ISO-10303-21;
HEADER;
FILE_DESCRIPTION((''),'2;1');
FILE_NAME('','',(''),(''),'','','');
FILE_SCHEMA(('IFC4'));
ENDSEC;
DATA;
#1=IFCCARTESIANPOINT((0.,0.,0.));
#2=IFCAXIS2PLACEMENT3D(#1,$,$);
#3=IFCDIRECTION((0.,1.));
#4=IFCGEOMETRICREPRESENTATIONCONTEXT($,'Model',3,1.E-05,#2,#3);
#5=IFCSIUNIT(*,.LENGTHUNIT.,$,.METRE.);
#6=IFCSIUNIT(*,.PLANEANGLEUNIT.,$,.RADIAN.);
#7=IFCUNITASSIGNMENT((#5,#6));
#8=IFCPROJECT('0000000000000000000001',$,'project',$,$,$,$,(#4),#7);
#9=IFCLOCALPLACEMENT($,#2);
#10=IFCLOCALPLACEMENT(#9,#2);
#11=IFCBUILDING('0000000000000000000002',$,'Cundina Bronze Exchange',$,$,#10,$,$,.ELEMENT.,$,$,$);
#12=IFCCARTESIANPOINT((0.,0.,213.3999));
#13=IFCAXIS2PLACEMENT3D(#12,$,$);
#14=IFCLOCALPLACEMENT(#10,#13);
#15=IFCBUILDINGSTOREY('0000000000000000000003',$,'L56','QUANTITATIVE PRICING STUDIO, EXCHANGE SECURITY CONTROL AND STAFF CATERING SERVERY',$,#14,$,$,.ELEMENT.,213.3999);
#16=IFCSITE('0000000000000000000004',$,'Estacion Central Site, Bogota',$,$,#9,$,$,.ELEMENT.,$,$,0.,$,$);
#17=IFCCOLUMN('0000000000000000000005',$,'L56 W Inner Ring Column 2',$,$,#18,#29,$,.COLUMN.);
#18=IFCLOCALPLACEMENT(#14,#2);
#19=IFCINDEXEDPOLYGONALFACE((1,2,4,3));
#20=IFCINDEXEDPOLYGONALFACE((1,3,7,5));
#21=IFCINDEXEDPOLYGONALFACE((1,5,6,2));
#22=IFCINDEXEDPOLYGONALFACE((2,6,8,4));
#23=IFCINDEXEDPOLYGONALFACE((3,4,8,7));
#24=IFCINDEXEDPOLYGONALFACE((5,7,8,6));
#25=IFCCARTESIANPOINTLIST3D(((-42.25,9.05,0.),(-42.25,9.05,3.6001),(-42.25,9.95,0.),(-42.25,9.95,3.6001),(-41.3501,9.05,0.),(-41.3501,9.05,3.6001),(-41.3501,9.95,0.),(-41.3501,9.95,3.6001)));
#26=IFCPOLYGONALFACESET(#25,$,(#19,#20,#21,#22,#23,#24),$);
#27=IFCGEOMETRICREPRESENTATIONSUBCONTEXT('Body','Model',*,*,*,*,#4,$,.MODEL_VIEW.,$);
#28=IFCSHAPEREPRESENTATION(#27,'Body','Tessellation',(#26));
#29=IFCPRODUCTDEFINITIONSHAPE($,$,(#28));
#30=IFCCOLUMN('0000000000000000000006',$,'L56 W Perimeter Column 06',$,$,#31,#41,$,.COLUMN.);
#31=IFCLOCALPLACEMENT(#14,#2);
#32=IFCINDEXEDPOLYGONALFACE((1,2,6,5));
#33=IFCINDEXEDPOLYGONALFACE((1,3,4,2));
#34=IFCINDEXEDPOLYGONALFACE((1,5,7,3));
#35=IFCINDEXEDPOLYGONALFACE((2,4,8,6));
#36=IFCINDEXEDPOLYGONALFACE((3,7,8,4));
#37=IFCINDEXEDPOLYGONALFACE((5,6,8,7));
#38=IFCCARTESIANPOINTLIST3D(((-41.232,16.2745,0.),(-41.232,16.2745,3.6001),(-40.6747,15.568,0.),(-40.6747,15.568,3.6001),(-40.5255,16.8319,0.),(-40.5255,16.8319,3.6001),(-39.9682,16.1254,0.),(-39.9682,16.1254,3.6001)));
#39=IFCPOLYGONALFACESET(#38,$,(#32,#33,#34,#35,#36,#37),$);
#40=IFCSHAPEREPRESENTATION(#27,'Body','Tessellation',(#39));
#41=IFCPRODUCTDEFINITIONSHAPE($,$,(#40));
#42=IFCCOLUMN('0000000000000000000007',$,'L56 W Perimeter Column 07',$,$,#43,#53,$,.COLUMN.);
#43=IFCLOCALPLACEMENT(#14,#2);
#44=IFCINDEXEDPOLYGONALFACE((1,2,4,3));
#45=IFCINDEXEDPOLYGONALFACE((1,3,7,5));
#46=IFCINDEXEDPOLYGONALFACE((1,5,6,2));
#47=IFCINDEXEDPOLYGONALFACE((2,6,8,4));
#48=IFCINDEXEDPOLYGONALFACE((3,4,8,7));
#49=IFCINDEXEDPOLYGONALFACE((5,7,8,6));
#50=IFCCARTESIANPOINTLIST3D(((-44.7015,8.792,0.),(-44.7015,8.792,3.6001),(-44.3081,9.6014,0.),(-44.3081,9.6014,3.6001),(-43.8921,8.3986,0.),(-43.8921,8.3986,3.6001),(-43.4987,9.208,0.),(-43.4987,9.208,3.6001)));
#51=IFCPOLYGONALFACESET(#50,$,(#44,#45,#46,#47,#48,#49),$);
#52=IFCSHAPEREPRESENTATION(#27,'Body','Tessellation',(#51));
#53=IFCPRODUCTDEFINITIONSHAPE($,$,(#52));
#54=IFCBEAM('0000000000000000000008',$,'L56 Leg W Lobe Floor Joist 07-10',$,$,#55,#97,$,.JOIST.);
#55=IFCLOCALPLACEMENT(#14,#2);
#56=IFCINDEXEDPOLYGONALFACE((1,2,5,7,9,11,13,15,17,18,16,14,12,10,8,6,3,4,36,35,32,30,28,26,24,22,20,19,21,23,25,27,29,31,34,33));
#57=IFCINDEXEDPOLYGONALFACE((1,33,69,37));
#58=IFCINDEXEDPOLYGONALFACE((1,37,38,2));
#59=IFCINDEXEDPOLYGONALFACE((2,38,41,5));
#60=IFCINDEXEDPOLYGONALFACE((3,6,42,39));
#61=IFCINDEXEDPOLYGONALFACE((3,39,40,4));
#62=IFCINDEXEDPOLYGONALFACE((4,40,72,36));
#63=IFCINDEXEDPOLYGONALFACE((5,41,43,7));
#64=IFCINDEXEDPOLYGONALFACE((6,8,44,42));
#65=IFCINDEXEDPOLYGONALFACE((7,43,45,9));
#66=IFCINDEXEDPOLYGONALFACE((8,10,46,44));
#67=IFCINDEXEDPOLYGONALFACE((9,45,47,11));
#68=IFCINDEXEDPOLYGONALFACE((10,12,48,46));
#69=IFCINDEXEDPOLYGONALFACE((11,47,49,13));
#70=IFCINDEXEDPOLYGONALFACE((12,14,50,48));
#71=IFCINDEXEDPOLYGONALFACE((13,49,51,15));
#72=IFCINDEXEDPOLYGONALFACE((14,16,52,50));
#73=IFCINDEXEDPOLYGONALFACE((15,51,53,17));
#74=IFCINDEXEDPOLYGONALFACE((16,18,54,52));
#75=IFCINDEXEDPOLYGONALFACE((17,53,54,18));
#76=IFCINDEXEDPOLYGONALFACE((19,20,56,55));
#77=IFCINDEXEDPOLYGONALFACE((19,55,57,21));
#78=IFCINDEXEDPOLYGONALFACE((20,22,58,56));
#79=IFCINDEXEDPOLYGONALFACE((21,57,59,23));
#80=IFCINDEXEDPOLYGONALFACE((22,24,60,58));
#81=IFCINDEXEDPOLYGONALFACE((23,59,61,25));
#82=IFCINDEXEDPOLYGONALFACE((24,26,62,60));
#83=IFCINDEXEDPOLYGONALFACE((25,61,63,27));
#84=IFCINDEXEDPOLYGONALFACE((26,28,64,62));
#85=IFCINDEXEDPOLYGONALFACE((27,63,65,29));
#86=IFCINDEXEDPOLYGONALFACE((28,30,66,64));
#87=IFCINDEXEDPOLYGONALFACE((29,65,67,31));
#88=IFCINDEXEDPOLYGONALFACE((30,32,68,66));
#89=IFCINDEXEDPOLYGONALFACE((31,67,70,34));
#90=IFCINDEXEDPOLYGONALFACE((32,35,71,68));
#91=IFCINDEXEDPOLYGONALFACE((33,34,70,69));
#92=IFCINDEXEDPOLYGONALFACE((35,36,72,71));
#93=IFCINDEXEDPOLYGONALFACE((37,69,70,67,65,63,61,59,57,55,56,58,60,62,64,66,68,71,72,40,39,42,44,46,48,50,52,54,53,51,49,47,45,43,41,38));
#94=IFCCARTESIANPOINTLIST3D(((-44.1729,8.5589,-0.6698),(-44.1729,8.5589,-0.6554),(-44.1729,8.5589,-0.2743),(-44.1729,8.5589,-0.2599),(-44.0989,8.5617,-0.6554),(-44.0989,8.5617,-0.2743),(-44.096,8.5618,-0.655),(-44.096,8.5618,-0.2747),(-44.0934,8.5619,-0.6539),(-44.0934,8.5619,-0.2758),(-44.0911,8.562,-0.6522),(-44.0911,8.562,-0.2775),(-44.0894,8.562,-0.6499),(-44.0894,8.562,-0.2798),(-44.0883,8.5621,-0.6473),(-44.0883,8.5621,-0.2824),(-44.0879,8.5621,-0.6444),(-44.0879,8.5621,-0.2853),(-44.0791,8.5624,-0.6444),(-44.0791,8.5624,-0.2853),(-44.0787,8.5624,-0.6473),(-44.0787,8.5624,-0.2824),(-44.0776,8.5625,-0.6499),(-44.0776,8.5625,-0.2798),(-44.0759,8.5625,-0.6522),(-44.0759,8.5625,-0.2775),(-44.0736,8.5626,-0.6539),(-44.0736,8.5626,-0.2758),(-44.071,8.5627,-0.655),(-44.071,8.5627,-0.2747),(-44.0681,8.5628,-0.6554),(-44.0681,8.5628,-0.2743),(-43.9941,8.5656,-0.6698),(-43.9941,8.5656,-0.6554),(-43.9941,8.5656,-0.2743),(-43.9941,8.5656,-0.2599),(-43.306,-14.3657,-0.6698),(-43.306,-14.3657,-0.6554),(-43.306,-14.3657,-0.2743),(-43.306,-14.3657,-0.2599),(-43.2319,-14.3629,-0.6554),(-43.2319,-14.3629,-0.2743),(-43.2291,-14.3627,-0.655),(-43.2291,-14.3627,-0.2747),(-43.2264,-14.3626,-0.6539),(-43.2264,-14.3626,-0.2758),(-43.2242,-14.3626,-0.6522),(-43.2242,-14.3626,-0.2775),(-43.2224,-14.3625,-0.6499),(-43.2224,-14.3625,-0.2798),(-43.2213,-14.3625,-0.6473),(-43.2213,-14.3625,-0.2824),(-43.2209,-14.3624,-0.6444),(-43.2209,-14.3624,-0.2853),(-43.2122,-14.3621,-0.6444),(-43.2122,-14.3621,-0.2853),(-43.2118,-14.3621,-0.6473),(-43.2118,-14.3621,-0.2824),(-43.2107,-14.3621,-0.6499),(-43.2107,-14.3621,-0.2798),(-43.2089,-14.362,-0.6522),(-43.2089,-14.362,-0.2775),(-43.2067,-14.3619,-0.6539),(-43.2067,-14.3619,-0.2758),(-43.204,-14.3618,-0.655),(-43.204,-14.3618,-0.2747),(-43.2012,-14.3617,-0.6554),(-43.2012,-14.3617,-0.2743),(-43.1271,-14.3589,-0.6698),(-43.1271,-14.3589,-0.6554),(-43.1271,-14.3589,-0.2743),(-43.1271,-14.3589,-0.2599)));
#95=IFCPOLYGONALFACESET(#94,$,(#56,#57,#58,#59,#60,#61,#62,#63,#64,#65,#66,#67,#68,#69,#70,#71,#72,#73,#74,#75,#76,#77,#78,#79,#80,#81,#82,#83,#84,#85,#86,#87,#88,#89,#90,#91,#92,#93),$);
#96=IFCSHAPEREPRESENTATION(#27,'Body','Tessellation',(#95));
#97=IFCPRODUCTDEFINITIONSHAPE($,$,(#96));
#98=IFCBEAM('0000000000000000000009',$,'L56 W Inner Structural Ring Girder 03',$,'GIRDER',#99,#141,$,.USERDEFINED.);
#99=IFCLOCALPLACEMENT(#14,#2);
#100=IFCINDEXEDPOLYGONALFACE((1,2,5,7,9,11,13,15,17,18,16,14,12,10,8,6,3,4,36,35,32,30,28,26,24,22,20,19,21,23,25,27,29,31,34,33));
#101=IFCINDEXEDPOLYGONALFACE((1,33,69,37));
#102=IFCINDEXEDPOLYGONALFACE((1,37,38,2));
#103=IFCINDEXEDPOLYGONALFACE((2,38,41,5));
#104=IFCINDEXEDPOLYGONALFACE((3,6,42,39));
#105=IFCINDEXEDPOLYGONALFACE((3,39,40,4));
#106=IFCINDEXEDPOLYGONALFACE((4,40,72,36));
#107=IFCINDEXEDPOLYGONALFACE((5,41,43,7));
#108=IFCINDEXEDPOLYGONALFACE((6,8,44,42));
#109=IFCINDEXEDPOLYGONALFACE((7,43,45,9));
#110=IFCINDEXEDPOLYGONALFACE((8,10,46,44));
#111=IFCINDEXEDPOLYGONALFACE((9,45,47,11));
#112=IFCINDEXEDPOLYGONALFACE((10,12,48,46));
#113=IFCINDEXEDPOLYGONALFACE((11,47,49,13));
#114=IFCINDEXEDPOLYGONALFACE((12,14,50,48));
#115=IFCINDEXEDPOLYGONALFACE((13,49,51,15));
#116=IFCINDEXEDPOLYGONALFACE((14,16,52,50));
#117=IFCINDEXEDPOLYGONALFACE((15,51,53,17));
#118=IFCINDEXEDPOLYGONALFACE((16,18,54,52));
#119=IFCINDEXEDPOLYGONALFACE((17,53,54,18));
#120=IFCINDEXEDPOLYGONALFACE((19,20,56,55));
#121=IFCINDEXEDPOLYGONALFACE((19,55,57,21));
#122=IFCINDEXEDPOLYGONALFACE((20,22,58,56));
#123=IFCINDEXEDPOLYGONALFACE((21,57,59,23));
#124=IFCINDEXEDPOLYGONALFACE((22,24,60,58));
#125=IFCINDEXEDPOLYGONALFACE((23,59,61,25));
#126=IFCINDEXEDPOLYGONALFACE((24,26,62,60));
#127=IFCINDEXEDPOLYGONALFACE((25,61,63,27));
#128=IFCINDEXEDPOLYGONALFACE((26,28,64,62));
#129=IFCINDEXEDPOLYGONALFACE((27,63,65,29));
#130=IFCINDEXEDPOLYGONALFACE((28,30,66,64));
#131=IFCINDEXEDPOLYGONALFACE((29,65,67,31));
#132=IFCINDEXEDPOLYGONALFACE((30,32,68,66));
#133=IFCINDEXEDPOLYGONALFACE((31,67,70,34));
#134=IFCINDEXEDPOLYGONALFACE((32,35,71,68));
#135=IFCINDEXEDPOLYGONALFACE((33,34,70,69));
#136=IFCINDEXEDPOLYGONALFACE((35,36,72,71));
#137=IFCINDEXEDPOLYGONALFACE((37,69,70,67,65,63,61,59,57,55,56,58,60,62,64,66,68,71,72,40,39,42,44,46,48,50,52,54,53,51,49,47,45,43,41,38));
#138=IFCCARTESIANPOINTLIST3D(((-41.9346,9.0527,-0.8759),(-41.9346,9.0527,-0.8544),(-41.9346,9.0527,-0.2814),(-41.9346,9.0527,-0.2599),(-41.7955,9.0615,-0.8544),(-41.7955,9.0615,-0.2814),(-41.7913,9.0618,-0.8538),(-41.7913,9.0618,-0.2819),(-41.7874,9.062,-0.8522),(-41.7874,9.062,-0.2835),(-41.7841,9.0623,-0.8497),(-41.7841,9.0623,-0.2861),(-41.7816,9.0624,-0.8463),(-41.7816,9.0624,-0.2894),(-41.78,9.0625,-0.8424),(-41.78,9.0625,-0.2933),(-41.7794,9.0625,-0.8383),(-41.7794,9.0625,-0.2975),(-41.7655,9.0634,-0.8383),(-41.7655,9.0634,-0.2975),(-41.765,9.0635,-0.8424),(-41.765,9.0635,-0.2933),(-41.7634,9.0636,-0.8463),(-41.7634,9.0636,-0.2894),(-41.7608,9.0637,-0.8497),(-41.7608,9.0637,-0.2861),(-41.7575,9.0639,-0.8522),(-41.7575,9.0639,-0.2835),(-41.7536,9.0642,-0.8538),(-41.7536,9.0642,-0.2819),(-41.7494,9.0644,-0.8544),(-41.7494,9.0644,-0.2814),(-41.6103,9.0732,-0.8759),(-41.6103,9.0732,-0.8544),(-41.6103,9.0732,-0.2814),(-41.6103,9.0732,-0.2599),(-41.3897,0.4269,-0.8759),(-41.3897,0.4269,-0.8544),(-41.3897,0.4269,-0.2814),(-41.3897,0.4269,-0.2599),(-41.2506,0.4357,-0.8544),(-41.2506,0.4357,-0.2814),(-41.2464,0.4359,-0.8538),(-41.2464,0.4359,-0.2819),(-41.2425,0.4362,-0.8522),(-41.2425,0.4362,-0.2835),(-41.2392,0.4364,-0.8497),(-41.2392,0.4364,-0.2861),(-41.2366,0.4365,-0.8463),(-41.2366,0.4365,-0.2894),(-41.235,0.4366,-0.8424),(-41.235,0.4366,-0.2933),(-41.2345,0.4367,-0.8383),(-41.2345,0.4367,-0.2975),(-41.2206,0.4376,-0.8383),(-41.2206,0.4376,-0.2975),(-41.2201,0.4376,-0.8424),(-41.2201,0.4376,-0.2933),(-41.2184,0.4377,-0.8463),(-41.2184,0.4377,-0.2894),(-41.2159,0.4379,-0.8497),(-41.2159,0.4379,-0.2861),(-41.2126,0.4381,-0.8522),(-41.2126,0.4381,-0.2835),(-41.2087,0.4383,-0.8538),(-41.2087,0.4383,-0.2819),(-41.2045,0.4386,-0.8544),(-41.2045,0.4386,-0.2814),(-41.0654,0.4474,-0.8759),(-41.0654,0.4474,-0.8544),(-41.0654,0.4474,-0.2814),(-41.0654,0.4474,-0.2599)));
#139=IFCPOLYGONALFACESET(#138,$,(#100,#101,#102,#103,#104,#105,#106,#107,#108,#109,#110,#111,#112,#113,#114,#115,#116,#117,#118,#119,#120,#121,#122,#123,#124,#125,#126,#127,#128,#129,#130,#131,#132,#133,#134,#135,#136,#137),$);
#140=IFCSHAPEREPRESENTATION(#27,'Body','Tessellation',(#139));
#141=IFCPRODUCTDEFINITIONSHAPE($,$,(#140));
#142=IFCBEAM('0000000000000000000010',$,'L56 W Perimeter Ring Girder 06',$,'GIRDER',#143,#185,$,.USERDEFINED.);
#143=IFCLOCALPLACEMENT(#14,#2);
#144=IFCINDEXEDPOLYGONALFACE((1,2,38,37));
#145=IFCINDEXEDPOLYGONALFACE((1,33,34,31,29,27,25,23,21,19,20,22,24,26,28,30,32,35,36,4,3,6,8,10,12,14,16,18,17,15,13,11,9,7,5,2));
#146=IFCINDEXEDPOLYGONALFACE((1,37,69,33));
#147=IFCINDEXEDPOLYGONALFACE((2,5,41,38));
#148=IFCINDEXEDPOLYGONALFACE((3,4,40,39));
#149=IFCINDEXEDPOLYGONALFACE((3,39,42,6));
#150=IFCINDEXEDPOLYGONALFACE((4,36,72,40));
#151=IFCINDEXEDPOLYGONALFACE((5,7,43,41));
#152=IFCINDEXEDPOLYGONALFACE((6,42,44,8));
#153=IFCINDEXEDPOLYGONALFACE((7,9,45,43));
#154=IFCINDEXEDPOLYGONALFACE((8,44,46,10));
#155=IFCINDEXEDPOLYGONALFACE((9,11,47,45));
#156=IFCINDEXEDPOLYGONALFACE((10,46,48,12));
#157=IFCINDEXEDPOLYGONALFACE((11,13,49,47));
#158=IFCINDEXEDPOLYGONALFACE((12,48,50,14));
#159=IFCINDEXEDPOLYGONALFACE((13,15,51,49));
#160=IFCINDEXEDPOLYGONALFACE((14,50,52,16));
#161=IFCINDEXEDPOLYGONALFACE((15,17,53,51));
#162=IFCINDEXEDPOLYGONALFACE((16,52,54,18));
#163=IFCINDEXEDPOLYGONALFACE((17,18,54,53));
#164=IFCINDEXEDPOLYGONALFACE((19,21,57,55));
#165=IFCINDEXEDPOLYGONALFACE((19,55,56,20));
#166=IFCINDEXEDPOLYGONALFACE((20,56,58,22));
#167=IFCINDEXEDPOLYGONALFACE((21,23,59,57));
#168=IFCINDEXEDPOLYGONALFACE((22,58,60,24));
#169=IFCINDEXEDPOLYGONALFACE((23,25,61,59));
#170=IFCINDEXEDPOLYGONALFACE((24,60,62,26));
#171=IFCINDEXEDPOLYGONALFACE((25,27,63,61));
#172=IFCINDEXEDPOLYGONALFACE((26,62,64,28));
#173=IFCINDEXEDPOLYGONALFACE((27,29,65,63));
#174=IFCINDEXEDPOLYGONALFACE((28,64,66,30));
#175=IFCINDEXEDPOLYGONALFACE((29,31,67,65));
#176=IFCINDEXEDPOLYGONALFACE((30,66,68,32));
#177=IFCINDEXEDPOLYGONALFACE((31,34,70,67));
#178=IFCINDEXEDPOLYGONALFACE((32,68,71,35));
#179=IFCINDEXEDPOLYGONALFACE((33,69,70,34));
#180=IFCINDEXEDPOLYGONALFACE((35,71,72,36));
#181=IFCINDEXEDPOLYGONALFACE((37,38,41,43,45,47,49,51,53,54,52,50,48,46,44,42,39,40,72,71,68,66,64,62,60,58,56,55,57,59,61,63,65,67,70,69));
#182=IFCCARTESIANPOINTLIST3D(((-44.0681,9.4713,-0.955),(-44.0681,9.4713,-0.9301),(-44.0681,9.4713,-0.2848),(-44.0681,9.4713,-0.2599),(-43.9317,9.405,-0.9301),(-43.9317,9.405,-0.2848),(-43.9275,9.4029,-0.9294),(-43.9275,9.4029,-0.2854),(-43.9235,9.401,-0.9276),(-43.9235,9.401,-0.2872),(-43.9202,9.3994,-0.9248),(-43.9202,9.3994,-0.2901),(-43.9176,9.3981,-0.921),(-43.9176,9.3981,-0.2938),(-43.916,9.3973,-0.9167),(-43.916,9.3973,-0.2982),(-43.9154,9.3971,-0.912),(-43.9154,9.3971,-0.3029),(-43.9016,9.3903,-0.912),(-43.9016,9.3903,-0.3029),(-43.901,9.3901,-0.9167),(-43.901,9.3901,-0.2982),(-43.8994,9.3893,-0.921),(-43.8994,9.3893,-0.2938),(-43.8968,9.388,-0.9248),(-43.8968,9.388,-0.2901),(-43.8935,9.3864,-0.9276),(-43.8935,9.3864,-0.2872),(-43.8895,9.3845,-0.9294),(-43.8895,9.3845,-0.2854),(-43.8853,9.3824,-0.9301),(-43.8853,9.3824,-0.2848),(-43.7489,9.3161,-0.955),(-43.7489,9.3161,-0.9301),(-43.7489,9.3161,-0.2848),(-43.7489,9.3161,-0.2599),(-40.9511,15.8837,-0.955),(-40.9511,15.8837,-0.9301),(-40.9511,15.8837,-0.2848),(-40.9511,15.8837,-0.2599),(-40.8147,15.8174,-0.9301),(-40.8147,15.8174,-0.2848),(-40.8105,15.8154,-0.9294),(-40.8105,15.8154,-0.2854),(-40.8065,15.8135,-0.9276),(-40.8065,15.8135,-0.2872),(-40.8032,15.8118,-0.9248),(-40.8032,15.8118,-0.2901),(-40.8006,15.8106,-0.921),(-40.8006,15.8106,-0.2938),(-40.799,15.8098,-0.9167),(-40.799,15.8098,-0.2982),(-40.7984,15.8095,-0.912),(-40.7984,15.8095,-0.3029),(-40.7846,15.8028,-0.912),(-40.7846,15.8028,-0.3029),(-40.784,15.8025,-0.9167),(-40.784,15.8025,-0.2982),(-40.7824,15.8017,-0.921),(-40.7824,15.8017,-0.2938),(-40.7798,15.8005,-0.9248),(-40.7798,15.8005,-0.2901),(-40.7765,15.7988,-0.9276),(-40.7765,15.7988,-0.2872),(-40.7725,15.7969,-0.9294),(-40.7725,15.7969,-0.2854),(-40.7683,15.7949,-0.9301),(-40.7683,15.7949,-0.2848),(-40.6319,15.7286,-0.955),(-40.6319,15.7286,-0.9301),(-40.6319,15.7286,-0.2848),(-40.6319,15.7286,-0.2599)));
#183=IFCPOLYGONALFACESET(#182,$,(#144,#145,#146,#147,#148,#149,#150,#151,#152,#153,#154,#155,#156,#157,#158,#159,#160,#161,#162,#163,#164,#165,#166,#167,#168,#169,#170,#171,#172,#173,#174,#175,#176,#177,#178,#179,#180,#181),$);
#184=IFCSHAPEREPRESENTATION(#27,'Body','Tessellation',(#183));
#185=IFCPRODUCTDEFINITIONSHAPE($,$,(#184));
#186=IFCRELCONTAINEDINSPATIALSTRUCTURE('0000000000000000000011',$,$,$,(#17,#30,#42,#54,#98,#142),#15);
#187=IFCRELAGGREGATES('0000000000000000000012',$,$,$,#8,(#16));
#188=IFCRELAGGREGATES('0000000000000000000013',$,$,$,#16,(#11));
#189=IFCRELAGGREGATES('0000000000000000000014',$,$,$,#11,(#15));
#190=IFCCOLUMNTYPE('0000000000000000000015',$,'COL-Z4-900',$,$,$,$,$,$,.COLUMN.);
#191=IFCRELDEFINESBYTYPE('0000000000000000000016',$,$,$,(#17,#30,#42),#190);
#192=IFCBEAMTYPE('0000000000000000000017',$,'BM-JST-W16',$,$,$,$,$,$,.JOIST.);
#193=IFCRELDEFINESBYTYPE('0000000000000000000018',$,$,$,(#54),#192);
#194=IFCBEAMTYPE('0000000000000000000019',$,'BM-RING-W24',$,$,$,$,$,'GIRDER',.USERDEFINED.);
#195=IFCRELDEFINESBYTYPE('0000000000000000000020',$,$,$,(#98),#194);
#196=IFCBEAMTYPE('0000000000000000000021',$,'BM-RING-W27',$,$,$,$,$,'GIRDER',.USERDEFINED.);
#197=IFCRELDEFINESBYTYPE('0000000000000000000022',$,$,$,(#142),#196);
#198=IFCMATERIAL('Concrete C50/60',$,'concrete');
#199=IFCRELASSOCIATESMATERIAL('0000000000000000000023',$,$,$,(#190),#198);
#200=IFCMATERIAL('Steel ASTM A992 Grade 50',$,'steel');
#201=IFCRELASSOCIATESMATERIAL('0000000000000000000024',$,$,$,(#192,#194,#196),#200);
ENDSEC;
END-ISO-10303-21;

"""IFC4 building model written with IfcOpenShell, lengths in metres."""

from ifc_helpers import new_model, si_unit, direction, frame, origin, origin_2d, place, context, subcontext, project, spatial, rectangle, i_section, extrude, material, material_profile, profile_set, type_object, element, save


model = new_model("IFC4")

# Units and contexts
model_context = context("Model", 3, precision=1e-05, world=origin(), true_north=direction((0.0, 1.0)))
body_context = subcontext(model_context, "Body", "Model", "MODEL_VIEW")
ifc_project = project(units=[si_unit("LENGTHUNIT", "METRE"), si_unit("PLANEANGLEUNIT", "RADIAN")], contexts=[model_context])

# Site, building, storey
site_placement = place(None, origin())
site = spatial("IfcSite", under=ifc_project, at=site_placement, Name="Estacion Central Site, Bogota", CompositionType="ELEMENT", RefElevation=0.0)
building_placement = place(site_placement, origin())
building = spatial("IfcBuilding", under=site, at=building_placement, Name="Cundina Bronze Exchange", CompositionType="ELEMENT")
storey_placement = place(building_placement, frame((0.0, 0.0, 213.3999)))
storey = spatial("IfcBuildingStorey", under=building, at=storey_placement, Name="L56", Description="QUANTITATIVE PRICING STUDIO, EXCHANGE SECURITY CONTROL AND STAFF CATERING SERVERY", CompositionType="ELEMENT", Elevation=213.3999)

# Columns
ifc_material_1 = material(Name="Concrete C50/60", Category="concrete")
ifc_material_profile_1 = material_profile(ifc_material_1, rectangle(XDim=0.8999, YDim=0.8999, at=origin_2d()), Name="RC900X900", Category="concrete")
ifc_profile_set_1 = profile_set([ifc_material_profile_1], Name="Concrete C50/60")
column_type = type_object("IfcColumnType", Name="COL-Z4-900", PredefinedType="COLUMN", material=ifc_profile_set_1)
for number, where, z_axis, x_axis, name in (
    (1, (-41.8, 9.5, 0.0), (0.0, 0.0, 1.0), (1.0, 0.0, 0.0), "L56 W Inner Ring Column 2"),
    (2, (-40.6001, 16.2, 0.0), (0.0, 0.0, 1.0), (-0.785101, -0.619368, 0.0), "L56 W Perimeter Column 06"),
    (3, (-44.1001, 9.0, 0.0), (0.0, 0.0, 1.0), (-0.437116, -0.899405, 0.0), "L56 W Perimeter Column 07"),
):
    element("IfcColumn", number, at=place(storey_placement, frame(where, z_axis=z_axis, x_axis=x_axis)), inside=storey, type_object=column_type, Name=name, PredefinedType="COLUMN", context=body_context, shape_type="SweptSolid", body=[
        extrude(rectangle(XDim=0.8999, YDim=0.8999, at=origin_2d()), origin(), (0.0, 0.0, 1.0), 3.6001),
    ])

# Beams
ifc_material_2 = material(Name="Steel ASTM A992 Grade 50", Category="steel")
ifc_material_profile_2 = material_profile(ifc_material_2, i_section(OverallWidth=0.179, OverallDepth=0.4099, WebThickness=0.0088, FlangeThickness=0.0144, FilletRadius=0.011, at=origin_2d()), Name="W16X45", Category="steel")
ifc_profile_set_2 = profile_set([ifc_material_profile_2], Name="Steel ASTM A992 Grade 50")
beam_type_1 = type_object("IfcBeamType", Name="BM-JST-W16", PredefinedType="JOIST", material=ifc_profile_set_2)
beam_1_placement = place(storey_placement, frame((-44.0835, 8.5623, -0.4648), z_axis=(0.03779, -0.999286, 0.0), x_axis=(0.999286, 0.03779, 0.0)))
element("IfcBeam", 4, at=beam_1_placement, inside=storey, type_object=beam_type_1, Name="L56 Leg W Lobe Floor Joist 07-10", PredefinedType="JOIST", context=body_context, shape_type="SweptSolid", body=[
    extrude(i_section(OverallWidth=0.179, OverallDepth=0.4099, WebThickness=0.0088, FlangeThickness=0.0144, FilletRadius=0.011, at=origin_2d()), origin(), (0.0, 0.0, 1.0), 22.9409),
])
ifc_material_profile_3 = material_profile(ifc_material_2, i_section(OverallWidth=0.325, OverallDepth=0.616, WebThickness=0.0139, FlangeThickness=0.0215, FilletRadius=0.0161, at=origin_2d()), Name="W24X117", Category="steel")
ifc_profile_set_3 = profile_set([ifc_material_profile_3], Name="Steel ASTM A992 Grade 50")
beam_type_2 = type_object("IfcBeamType", Name="BM-RING-W24", ElementType="GIRDER", PredefinedType="USERDEFINED", material=ifc_profile_set_3)
beam_2_placement = place(storey_placement, frame((-41.7725, 9.063, -0.5679), z_axis=(0.063047, -0.998011, 0.0), x_axis=(0.998011, 0.063047, 0.0)))
element("IfcBeam", 5, at=beam_2_placement, inside=storey, type_object=beam_type_2, Name="L56 W Inner Structural Ring Girder 03", ObjectType="GIRDER", PredefinedType="USERDEFINED", context=body_context, shape_type="SweptSolid", body=[
    extrude(i_section(OverallWidth=0.325, OverallDepth=0.616, WebThickness=0.0139, FlangeThickness=0.0215, FilletRadius=0.0161, at=origin_2d()), origin(), (0.0, 0.0, 1.0), 8.6431),
])
ifc_material_profile_4 = material_profile(ifc_material_2, i_section(OverallWidth=0.355, OverallDepth=0.6951, WebThickness=0.0154, FlangeThickness=0.0249, FilletRadius=0.0181, at=origin_2d()), Name="W27X146", Category="steel")
ifc_profile_set_4 = profile_set([ifc_material_profile_4], Name="Steel ASTM A992 Grade 50")
beam_type_3 = type_object("IfcBeamType", Name="BM-RING-W27", ElementType="GIRDER", PredefinedType="USERDEFINED", material=ifc_profile_set_4)
for number, where, z_axis, x_axis, name in (
    (6, (-40.7915, 15.8062, -0.6074), (-0.437173, -0.899377, 0.0), (0.899377, -0.437173, 0.0), "L56 W Perimeter Ring Girder 06"),
):
    element("IfcBeam", number, at=place(storey_placement, frame(where, z_axis=z_axis, x_axis=x_axis)), inside=storey, type_object=beam_type_3, Name=name, ObjectType="GIRDER", PredefinedType="USERDEFINED", context=body_context, shape_type="SweptSolid", body=[
        extrude(i_section(OverallWidth=0.355, OverallDepth=0.6951, WebThickness=0.0154, FlangeThickness=0.0249, FilletRadius=0.0181, at=origin_2d()), origin(), (0.0, 0.0, 1.0), 7.1299),
    ])

save(model, "model.ifc")
